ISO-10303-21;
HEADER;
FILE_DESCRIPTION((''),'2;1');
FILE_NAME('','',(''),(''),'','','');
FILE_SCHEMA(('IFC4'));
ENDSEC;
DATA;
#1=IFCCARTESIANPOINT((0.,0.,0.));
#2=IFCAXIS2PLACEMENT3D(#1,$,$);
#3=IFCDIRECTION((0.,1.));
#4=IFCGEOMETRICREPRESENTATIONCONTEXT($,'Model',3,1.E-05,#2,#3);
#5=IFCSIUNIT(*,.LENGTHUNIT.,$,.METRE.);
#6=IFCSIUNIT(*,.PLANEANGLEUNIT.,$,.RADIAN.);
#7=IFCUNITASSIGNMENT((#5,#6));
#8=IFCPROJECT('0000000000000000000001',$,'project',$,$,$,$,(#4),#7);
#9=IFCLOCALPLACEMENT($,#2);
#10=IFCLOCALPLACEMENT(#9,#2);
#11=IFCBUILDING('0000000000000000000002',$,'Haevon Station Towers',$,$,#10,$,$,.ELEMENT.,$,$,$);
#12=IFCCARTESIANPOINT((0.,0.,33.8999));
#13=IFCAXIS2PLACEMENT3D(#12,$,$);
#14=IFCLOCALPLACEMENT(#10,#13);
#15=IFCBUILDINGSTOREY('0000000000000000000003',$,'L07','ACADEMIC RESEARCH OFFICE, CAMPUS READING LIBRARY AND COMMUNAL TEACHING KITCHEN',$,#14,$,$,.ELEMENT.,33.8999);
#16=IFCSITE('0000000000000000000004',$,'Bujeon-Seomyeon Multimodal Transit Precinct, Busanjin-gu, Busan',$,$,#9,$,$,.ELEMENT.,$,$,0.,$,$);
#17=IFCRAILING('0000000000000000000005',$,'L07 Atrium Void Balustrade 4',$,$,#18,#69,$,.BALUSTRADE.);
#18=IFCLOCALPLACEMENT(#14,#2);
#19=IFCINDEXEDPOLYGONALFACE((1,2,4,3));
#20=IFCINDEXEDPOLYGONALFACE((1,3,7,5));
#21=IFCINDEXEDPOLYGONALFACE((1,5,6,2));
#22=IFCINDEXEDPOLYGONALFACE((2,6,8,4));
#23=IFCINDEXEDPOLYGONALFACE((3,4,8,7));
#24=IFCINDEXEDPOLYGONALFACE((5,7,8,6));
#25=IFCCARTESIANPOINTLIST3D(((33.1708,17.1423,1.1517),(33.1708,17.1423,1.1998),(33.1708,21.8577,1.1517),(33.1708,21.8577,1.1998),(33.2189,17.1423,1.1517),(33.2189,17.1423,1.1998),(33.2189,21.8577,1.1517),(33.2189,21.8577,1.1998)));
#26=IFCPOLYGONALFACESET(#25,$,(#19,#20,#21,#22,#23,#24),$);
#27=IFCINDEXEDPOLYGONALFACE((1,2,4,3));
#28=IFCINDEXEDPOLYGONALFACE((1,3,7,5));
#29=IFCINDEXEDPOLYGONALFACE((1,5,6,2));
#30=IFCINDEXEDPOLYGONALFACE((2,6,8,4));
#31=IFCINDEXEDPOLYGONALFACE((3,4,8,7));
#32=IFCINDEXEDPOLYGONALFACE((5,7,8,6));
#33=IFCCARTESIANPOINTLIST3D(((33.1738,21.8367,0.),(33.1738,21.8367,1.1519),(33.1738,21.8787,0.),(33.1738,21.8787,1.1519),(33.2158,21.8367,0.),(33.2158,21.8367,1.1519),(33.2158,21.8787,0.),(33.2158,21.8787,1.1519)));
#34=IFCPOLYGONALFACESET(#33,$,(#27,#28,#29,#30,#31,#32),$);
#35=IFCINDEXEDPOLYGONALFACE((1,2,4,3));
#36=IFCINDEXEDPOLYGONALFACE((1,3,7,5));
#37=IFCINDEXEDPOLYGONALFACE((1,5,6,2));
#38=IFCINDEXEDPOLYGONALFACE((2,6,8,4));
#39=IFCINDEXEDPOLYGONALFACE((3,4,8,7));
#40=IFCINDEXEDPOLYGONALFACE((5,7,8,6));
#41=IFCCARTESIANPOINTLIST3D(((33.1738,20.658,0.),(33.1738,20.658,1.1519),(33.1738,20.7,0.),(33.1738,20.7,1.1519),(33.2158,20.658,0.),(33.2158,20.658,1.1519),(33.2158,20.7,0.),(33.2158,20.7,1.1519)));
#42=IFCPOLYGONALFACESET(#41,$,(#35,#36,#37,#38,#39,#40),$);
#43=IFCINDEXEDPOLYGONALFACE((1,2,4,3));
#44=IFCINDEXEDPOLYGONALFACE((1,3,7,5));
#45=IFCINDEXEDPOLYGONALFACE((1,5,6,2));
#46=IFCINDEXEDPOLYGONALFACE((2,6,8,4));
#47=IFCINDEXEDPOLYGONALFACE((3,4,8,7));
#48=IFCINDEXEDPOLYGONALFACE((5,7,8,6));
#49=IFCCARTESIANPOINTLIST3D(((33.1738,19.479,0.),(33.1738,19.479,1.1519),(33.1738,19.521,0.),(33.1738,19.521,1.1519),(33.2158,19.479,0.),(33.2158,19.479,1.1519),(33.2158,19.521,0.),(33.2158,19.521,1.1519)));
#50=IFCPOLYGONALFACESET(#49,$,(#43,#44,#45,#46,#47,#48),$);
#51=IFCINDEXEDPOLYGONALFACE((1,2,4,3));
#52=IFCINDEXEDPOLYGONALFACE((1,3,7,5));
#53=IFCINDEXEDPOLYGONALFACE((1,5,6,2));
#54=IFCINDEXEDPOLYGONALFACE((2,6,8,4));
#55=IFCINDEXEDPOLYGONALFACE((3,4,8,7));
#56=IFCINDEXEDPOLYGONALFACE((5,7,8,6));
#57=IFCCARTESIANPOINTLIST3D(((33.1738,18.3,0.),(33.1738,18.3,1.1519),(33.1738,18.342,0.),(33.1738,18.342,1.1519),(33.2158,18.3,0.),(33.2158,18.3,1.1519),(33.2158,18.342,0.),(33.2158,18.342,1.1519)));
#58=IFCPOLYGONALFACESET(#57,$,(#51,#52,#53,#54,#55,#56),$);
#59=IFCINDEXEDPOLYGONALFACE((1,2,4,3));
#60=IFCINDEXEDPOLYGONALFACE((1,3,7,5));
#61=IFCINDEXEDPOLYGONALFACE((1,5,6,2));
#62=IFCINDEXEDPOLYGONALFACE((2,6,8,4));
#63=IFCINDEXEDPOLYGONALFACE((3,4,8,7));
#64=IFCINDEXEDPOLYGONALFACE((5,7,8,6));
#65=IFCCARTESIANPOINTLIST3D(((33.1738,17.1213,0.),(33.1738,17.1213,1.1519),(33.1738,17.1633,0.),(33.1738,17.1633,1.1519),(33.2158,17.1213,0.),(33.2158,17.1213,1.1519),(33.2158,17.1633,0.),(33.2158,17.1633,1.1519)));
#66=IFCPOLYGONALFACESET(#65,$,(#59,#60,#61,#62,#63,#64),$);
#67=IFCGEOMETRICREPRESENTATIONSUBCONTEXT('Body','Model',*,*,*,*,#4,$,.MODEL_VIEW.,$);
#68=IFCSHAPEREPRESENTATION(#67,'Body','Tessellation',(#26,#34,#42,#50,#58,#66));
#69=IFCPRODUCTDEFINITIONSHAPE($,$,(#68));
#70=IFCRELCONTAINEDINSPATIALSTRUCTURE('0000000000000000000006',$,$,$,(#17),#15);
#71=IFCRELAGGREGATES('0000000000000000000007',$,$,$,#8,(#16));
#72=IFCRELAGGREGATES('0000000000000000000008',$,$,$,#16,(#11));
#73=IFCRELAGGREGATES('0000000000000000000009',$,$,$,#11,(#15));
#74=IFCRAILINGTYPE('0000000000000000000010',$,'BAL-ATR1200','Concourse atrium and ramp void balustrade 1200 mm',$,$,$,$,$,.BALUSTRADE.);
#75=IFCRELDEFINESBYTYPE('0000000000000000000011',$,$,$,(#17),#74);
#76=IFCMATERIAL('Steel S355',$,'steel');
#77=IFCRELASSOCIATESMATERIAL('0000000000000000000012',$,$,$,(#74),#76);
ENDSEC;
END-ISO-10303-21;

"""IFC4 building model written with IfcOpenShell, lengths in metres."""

from ifc_helpers import new_model, si_unit, direction, frame, origin, origin_2d, place, context, subcontext, project, spatial, rectangle, extrude, material, type_object, element, save


model = new_model("IFC4")

# Units and contexts
model_context = context("Model", 3, precision=1e-05, world=origin(), true_north=direction((0.0, 1.0)))
body_context = subcontext(model_context, "Body", "Model", "MODEL_VIEW")
ifc_project = project(units=[si_unit("LENGTHUNIT", "METRE"), si_unit("PLANEANGLEUNIT", "RADIAN")], contexts=[model_context])

# Site, building, storey
site_placement = place(None, origin())
site = spatial("IfcSite", under=ifc_project, at=site_placement, Name="Bujeon-Seomyeon Multimodal Transit Precinct, Busanjin-gu, Busan", CompositionType="ELEMENT", RefElevation=0.0)
building_placement = place(site_placement, origin())
building = spatial("IfcBuilding", under=site, at=building_placement, Name="Haevon Station Towers", CompositionType="ELEMENT")
storey_placement = place(building_placement, frame((0.0, 0.0, 33.8999)))
storey = spatial("IfcBuildingStorey", under=building, at=storey_placement, Name="L07", Description="ACADEMIC RESEARCH OFFICE, CAMPUS READING LIBRARY AND COMMUNAL TEACHING KITCHEN", CompositionType="ELEMENT", Elevation=33.8999)

# Shared definitions
ifc_material_1 = material(Name="Steel S355", Category="steel")

# Railing
railing_type = type_object("IfcRailingType", Name="BAL-ATR1200", Description="Concourse atrium and ramp void balustrade 1200 mm", PredefinedType="BALUSTRADE", material=ifc_material_1)
railing_1_placement = place(storey_placement, frame((33.1948, 21.8577, 0.0)))
element("IfcRailing", 1, at=railing_1_placement, inside=storey, type_object=railing_type, Name="L07 Atrium Void Balustrade 4", PredefinedType="BALUSTRADE", context=body_context, shape_type="SweptSolid", body=[
    extrude(rectangle(XDim=0.0481, YDim=0.0481, at=origin_2d()), frame((0.0, 0.0, 1.1758), z_axis=(0.0, -1.0, 0.0), x_axis=(1.0, 0.0, 0.0)), (0.0, 0.0, 1.0), 4.7153),
    extrude(rectangle(XDim=0.042, YDim=0.042, at=origin_2d()), origin(), (0.0, 0.0, 1.0), 1.1519),
    extrude(rectangle(XDim=0.042, YDim=0.042, at=origin_2d()), frame((0.0, -1.1787, 0.0)), (0.0, 0.0, 1.0), 1.1519),
    extrude(rectangle(XDim=0.042, YDim=0.042, at=origin_2d()), frame((0.0, -2.3577, 0.0)), (0.0, 0.0, 1.0), 1.1519),
    extrude(rectangle(XDim=0.042, YDim=0.042, at=origin_2d()), frame((0.0, -3.5366, 0.0)), (0.0, 0.0, 1.0), 1.1519),
    extrude(rectangle(XDim=0.042, YDim=0.042, at=origin_2d()), frame((0.0, -4.7153, 0.0)), (0.0, 0.0, 1.0), 1.1519),
])

save(model, "model.ifc")
